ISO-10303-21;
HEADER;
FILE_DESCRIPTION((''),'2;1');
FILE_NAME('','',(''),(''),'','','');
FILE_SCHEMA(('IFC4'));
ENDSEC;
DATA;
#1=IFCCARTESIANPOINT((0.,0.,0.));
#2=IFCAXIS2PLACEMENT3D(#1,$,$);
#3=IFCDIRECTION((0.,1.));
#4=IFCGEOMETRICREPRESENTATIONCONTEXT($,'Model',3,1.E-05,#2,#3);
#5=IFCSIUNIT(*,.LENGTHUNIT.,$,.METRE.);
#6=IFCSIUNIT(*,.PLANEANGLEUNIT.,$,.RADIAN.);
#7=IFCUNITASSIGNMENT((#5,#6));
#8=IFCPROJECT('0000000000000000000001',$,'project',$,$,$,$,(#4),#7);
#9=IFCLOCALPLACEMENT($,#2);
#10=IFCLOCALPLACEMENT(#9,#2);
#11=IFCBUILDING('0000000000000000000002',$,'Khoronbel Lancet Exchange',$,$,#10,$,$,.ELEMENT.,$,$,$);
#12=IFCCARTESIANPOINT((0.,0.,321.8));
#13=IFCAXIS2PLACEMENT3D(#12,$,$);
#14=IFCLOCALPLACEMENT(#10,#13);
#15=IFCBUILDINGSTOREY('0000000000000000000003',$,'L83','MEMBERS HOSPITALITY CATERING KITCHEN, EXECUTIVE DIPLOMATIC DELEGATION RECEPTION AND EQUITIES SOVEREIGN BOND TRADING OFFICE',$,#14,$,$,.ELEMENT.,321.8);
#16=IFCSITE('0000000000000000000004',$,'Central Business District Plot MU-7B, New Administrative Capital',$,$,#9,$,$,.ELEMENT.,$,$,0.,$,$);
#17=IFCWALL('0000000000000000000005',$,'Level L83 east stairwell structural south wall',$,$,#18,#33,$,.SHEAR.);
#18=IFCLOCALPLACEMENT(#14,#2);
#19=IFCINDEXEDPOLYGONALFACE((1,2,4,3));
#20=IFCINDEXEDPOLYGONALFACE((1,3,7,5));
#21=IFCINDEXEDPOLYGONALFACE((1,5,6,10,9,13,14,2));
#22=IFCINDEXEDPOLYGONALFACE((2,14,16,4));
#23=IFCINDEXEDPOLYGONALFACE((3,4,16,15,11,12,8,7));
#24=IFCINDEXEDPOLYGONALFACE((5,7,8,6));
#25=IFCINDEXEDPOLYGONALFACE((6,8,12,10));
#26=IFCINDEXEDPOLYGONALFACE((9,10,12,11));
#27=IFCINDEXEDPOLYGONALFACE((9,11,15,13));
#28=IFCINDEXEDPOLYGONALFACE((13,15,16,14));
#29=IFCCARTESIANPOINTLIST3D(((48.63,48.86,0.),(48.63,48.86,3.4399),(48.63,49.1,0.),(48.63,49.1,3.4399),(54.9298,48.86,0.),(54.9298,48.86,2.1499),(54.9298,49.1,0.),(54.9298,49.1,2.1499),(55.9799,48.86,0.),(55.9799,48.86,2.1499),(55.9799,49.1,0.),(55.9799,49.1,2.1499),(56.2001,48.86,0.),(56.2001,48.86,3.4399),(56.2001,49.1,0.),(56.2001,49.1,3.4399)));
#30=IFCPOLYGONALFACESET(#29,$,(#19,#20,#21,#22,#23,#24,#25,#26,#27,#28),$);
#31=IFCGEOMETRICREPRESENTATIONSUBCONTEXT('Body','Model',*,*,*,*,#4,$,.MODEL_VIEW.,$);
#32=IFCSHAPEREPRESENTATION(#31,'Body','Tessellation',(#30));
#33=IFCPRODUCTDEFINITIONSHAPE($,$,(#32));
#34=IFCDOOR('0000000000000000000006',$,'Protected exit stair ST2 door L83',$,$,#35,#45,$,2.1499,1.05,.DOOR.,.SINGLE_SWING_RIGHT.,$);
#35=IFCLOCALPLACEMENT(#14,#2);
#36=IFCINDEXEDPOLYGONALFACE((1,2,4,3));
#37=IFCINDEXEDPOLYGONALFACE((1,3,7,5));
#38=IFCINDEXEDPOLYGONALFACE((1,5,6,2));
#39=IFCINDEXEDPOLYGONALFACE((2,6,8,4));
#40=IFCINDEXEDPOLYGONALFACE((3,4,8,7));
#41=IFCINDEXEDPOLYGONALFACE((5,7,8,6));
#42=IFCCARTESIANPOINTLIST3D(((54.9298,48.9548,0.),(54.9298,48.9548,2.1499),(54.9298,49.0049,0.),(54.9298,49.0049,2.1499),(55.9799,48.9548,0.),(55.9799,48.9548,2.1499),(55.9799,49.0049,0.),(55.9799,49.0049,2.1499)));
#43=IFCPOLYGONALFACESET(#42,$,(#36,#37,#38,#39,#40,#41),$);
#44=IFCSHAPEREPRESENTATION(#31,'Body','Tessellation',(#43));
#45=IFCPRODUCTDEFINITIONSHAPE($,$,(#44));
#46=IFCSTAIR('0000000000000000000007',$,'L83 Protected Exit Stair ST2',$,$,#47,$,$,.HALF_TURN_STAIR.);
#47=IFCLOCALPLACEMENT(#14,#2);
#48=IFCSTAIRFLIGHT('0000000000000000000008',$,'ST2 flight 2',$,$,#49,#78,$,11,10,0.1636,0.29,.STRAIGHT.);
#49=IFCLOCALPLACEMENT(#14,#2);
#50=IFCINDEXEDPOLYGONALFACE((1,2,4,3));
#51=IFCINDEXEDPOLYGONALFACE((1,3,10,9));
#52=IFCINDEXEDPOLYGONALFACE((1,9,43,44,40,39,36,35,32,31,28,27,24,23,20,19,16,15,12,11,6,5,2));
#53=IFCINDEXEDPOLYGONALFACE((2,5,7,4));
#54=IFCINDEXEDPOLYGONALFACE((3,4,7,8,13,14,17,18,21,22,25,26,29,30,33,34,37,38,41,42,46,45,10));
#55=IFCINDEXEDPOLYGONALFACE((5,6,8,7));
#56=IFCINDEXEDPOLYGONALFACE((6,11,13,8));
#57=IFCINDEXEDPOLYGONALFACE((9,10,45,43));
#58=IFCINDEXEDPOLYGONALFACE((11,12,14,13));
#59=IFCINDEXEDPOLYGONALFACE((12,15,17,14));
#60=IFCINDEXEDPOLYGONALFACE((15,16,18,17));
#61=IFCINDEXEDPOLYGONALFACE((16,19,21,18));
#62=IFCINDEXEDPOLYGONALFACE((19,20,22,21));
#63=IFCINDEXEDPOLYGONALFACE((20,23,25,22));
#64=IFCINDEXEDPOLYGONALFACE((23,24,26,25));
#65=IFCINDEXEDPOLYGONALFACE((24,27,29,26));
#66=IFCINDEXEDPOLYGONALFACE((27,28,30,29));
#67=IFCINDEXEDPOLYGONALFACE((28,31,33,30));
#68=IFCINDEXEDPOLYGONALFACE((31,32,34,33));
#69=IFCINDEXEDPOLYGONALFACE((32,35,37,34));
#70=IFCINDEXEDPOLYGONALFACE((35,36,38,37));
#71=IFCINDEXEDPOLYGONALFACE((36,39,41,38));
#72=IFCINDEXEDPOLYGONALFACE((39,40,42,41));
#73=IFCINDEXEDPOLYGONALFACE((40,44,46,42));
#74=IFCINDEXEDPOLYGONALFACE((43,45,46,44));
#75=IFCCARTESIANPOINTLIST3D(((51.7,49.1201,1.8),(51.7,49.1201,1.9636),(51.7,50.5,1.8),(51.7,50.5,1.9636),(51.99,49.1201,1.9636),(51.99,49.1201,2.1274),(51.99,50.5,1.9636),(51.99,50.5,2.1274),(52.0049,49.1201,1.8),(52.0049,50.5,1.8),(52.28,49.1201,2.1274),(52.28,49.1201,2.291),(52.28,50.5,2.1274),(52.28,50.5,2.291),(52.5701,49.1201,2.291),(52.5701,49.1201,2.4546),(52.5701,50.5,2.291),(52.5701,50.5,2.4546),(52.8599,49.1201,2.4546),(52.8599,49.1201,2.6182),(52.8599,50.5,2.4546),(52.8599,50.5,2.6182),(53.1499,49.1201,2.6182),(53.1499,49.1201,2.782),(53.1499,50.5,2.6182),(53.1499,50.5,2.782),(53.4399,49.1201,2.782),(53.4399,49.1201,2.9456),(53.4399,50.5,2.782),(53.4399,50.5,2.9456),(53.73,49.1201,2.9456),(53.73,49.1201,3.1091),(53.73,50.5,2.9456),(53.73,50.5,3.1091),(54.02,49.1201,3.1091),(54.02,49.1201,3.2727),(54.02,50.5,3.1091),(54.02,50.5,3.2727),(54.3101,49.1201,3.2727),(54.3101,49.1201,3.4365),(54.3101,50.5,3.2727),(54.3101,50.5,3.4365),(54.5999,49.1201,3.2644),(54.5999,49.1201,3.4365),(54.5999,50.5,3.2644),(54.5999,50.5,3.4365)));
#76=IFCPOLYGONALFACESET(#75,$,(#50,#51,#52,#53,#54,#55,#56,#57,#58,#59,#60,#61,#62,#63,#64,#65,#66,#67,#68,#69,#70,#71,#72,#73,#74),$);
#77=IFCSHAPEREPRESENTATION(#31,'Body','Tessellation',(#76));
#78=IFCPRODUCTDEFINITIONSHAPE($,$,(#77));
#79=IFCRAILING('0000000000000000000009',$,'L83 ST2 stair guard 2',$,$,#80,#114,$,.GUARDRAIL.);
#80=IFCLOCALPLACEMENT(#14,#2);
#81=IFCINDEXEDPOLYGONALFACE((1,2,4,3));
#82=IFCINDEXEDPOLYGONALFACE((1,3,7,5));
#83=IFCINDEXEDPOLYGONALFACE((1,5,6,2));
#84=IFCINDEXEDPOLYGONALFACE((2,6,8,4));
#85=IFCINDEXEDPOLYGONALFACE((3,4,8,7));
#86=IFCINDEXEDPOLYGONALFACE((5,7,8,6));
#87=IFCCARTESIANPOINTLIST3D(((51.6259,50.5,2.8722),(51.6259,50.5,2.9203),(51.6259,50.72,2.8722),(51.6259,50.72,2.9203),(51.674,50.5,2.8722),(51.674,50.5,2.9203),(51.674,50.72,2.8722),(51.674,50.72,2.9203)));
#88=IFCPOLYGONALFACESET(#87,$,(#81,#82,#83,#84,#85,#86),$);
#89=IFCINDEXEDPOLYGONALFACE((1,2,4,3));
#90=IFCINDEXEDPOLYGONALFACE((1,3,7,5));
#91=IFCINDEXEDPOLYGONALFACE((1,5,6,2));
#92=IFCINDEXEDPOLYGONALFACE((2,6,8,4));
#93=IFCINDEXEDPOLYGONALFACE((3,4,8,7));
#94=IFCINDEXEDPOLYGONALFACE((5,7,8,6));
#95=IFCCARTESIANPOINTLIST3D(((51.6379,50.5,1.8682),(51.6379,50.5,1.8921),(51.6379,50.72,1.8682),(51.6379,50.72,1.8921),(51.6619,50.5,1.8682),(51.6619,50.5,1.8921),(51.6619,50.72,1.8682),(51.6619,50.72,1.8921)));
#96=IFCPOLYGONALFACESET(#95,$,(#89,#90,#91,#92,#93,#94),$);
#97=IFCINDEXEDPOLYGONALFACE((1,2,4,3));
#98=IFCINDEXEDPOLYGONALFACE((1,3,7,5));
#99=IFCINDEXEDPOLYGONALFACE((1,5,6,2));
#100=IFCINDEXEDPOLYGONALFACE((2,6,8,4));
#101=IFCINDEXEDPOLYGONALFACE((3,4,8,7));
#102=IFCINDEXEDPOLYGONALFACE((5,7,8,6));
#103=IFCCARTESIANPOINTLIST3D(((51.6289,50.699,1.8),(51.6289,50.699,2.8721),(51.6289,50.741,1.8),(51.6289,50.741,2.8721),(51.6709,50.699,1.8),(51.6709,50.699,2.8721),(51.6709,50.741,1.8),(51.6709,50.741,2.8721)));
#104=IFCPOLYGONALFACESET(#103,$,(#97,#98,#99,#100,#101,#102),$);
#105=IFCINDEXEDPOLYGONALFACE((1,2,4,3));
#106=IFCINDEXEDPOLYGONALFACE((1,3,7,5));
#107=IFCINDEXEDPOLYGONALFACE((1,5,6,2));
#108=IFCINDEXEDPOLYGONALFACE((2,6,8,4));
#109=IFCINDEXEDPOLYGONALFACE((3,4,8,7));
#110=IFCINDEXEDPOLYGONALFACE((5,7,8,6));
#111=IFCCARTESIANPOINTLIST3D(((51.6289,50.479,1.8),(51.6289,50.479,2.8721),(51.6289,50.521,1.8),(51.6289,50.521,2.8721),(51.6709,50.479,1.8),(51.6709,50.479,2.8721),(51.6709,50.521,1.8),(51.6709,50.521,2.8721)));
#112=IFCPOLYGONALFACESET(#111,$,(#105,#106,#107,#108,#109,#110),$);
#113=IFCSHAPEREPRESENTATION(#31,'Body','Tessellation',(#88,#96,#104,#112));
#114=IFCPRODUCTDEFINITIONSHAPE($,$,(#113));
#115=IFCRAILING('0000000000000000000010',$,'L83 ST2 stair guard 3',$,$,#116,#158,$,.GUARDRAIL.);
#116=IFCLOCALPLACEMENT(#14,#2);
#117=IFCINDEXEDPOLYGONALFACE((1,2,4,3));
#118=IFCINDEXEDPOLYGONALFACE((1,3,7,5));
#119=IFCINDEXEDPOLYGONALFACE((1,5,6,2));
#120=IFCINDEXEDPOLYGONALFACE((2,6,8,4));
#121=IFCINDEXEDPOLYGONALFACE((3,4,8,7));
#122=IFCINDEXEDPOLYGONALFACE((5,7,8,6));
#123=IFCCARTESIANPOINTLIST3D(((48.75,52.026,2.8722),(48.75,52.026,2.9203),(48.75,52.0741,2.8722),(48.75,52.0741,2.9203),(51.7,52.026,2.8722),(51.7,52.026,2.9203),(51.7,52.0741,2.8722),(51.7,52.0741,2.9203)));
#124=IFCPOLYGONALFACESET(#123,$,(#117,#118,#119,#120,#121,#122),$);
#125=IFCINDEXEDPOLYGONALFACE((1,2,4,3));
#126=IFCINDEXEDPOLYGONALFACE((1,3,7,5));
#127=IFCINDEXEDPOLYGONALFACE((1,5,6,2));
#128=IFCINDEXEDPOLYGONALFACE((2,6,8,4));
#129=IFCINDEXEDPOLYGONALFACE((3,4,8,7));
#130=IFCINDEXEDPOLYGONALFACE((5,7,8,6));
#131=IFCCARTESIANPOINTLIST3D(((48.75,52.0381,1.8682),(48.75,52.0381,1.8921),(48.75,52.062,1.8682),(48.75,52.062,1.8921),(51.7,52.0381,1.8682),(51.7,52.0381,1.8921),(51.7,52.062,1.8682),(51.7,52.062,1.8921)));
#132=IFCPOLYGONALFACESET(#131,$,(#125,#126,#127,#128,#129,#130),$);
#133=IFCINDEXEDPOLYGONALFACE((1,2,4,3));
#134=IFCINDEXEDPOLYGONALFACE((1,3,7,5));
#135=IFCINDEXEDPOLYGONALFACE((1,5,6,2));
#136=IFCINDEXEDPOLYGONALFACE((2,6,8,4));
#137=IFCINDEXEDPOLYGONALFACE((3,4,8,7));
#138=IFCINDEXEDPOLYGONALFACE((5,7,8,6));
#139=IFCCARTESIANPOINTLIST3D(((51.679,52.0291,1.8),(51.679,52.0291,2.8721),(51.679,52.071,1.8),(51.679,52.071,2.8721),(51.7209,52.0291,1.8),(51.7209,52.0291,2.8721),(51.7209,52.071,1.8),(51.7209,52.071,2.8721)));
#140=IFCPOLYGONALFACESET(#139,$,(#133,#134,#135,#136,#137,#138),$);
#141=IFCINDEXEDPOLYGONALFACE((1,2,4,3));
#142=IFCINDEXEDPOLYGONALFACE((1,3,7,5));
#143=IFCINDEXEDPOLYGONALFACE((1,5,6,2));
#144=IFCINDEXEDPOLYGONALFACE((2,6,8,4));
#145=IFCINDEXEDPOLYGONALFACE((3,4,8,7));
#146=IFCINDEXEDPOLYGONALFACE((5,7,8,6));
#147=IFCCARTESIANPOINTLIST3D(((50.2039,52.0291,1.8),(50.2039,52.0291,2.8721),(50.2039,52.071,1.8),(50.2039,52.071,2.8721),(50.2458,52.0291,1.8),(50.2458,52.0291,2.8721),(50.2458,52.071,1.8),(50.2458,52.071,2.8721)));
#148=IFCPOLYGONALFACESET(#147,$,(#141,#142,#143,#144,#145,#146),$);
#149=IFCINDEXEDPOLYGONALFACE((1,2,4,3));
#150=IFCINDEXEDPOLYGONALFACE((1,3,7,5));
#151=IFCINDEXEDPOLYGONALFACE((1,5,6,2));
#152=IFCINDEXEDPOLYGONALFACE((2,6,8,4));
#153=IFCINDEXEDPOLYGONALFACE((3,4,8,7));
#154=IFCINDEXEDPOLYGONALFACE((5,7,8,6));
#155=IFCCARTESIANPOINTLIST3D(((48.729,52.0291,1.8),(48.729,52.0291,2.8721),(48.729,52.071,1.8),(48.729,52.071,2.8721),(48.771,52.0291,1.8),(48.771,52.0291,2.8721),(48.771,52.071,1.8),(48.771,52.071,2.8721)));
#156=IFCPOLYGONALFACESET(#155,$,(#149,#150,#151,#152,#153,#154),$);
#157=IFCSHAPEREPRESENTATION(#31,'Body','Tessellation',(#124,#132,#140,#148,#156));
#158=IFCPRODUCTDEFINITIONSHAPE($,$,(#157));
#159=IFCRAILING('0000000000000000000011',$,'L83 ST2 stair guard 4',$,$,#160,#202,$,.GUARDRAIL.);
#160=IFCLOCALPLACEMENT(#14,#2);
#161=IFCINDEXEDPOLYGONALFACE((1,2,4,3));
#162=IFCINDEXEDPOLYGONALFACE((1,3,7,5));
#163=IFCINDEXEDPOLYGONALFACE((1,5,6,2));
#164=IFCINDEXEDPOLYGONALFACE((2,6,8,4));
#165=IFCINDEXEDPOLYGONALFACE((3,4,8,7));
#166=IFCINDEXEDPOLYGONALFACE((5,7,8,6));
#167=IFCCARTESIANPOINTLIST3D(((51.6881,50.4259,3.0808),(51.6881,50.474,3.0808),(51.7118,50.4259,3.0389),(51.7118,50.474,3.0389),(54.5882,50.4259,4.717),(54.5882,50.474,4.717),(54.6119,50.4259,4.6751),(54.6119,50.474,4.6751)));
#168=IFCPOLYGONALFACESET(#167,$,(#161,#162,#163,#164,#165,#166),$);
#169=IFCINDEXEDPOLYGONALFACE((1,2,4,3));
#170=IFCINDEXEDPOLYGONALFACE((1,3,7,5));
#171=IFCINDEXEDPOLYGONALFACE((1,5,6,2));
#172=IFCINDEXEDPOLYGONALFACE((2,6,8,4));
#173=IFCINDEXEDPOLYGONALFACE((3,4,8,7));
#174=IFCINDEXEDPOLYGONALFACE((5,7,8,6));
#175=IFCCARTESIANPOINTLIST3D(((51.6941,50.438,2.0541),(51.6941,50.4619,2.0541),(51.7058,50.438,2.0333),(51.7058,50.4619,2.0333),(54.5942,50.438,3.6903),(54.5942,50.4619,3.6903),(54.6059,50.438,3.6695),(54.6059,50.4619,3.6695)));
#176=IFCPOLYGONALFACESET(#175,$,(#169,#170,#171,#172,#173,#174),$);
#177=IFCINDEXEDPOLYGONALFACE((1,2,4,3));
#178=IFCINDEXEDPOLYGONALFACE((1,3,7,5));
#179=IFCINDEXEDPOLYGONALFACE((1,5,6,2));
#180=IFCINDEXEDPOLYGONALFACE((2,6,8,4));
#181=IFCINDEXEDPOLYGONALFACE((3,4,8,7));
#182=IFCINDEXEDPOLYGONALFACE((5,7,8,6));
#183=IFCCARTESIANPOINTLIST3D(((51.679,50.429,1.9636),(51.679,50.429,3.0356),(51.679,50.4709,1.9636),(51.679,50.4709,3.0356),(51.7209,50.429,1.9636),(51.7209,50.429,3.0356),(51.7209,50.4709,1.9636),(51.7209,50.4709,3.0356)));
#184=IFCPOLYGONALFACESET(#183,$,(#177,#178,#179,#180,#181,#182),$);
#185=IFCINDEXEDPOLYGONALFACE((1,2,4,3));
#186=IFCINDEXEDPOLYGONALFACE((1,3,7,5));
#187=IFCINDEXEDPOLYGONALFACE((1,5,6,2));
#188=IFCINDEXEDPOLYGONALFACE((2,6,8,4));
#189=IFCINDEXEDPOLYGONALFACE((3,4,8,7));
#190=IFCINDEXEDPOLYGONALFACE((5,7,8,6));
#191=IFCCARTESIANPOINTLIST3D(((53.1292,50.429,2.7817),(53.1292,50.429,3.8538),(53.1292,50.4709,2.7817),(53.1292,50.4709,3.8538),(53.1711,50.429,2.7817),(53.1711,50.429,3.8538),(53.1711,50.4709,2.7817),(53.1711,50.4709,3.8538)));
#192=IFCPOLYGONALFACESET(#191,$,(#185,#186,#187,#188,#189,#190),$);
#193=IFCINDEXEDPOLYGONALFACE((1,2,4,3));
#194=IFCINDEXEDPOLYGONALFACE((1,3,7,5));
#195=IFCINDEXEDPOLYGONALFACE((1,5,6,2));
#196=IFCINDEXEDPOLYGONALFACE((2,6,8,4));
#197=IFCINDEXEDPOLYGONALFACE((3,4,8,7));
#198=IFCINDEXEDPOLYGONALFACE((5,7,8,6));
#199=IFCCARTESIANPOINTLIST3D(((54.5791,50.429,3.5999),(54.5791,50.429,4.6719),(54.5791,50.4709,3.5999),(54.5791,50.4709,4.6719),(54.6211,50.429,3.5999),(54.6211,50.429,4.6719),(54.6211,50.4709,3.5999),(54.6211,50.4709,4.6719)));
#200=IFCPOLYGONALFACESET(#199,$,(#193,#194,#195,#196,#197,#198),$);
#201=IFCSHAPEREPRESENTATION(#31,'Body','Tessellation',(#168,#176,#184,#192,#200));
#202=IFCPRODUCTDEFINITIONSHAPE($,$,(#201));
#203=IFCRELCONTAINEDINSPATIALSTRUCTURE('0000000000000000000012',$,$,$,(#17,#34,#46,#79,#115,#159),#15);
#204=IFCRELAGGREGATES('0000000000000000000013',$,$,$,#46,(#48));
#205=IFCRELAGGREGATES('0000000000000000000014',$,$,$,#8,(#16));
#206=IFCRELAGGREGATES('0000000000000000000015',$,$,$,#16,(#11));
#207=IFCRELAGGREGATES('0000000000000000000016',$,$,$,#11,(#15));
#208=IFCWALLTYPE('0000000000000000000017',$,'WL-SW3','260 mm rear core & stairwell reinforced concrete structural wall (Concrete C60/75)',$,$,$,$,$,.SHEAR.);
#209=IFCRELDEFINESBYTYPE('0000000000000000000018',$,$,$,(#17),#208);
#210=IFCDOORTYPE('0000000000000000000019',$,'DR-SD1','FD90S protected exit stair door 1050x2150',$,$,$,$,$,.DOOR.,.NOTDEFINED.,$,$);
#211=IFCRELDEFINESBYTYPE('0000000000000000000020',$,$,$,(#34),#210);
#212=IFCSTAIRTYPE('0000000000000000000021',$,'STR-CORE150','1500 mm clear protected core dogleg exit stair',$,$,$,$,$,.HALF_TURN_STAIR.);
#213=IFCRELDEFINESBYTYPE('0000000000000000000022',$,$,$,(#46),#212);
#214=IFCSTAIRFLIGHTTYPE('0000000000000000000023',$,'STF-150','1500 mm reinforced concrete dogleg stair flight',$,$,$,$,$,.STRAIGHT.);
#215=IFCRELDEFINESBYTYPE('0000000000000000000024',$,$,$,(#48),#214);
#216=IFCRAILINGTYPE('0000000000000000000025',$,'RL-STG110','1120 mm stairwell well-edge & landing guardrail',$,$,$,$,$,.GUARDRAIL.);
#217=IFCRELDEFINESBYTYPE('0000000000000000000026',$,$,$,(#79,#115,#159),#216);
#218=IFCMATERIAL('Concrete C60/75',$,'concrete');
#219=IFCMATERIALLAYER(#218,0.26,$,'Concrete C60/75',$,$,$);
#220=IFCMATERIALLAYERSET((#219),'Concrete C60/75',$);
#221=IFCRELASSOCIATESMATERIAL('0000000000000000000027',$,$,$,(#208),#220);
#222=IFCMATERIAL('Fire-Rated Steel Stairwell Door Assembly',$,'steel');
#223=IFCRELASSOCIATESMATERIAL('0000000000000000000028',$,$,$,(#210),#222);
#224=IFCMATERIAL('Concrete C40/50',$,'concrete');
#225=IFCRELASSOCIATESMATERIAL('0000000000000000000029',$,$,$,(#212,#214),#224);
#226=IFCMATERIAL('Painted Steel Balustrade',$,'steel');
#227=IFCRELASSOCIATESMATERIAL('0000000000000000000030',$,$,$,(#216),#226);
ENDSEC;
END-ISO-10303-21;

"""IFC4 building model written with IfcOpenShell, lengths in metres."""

from ifc_helpers import new_model, si_unit, direction, frame, frame_2d, origin, origin_2d, place, context, subcontext, project, spatial, polyline, rectangle, outline, extrude, material, layer, layer_set, type_object, element, fill, aggregate, save


model = new_model("IFC4")

# Units and contexts
model_context = context("Model", 3, precision=1e-05, world=origin(), true_north=direction((0.0, 1.0)))
body_context = subcontext(model_context, "Body", "Model", "MODEL_VIEW")
ifc_project = project(units=[si_unit("LENGTHUNIT", "METRE"), si_unit("PLANEANGLEUNIT", "RADIAN")], contexts=[model_context])

# Site, building, storey
site_placement = place(None, origin())
site = spatial("IfcSite", under=ifc_project, at=site_placement, Name="Central Business District Plot MU-7B, New Administrative Capital", CompositionType="ELEMENT", RefElevation=0.0)
building_placement = place(site_placement, origin())
building = spatial("IfcBuilding", under=site, at=building_placement, Name="Khoronbel Lancet Exchange", CompositionType="ELEMENT")
storey_placement = place(building_placement, frame((0.0, 0.0, 321.8)))
storey = spatial("IfcBuildingStorey", under=building, at=storey_placement, Name="L83", Description="MEMBERS HOSPITALITY CATERING KITCHEN, EXECUTIVE DIPLOMATIC DELEGATION RECEPTION AND EQUITIES SOVEREIGN BOND TRADING OFFICE", CompositionType="ELEMENT", Elevation=321.8)

# Shared definitions
ifc_material_1 = material(Name="Concrete C60/75", Category="concrete")

# Wall, opening, door
ifc_layer_1 = layer(ifc_material_1, 0.26, Name="Concrete C60/75")
ifc_layer_set_1 = layer_set([ifc_layer_1], Name="Concrete C60/75")
wall_type_1 = type_object("IfcWallType", Name="WL-SW3", Description="260 mm rear core & stairwell reinforced concrete structural wall (Concrete C60/75)", PredefinedType="SHEAR", material=ifc_layer_set_1)
wall_1_placement = place(storey_placement, frame((48.6299, 48.98, 0.0), z_axis=(0.0, 0.0, 1.0), x_axis=(1.0, 0.0, 0.0)))
wall_1 = element("IfcWall", 1, at=wall_1_placement, inside=storey, type_object=wall_type_1, Name="Level L83 east stairwell structural south wall", PredefinedType="SHEAR", context=body_context, shape_type="SweptSolid", body=[
    extrude(rectangle(XDim=7.5701, YDim=0.24, at=frame_2d((3.7852, 0.0))), origin(), (0.0, 0.0, 1.0), 3.4399),
])
opening_1_placement = place(wall_1_placement, frame((6.3, 0.0, 0.0)))
opening_1 = element("IfcOpeningElement", 2, at=opening_1_placement, cuts=wall_1, PredefinedType="OPENING", context=body_context, shape_type="SweptSolid", body=[
    extrude(rectangle(XDim=1.05, YDim=2.1499, at=frame_2d((0.5249, 1.075))), frame((0.0, 0.1299, 0.0), z_axis=(0.0, -1.0, 0.0), x_axis=(1.0, 0.0, 0.0)), (0.0, 0.0, 1.0), 0.26),
])
ifc_material_2 = material(Name="Fire-Rated Steel Stairwell Door Assembly", Category="steel")
door_type_1 = type_object("IfcDoorType", Name="DR-SD1", Description="FD90S protected exit stair door 1050x2150", OperationType="NOTDEFINED", PredefinedType="DOOR", material=ifc_material_2)
door_1_placement = place(opening_1_placement, origin())
door_1 = element("IfcDoor", 3, at=door_1_placement, inside=storey, type_object=door_type_1, Name="Protected exit stair ST2 door L83", OperationType="SINGLE_SWING_RIGHT", OverallHeight=2.1499, OverallWidth=1.05, PredefinedType="DOOR", context=body_context, shape_type="SweptSolid", body=[
    extrude(rectangle(XDim=1.05, YDim=2.1499, at=frame_2d((0.5249, 1.075))), frame((0.0, 0.0249, 0.0), z_axis=(0.0, -1.0, 0.0), x_axis=(1.0, 0.0, 0.0)), (0.0, 0.0, 1.0), 0.05),
])
fill(opening_1, door_1)

# Stair, stair flight
ifc_material_3 = material(Name="Concrete C40/50", Category="concrete")
stair_type = type_object("IfcStairType", Name="STR-CORE150", Description="1500 mm clear protected core dogleg exit stair", PredefinedType="HALF_TURN_STAIR", material=ifc_material_3)
stair_placement = place(storey_placement, origin())
stair = element("IfcStair", 4, at=stair_placement, inside=storey, type_object=stair_type, Name="L83 Protected Exit Stair ST2", PredefinedType="HALF_TURN_STAIR")
stair_flight_type = type_object("IfcStairFlightType", Name="STF-150", Description="1500 mm reinforced concrete dogleg stair flight", PredefinedType="STRAIGHT", material=ifc_material_3)
stair_flight_placement = place(storey_placement, frame((51.7, 49.8101, 1.8), z_axis=(0.0, 0.0, 1.0), x_axis=(1.0, 0.0, 0.0)))
stair_flight = element("IfcStairFlight", 5, at=stair_flight_placement, type_object=stair_flight_type, Name="ST2 flight 2", NumberOfRisers=11, NumberOfTreads=10, PredefinedType="STRAIGHT", RiserHeight=0.1636, TreadLength=0.29, context=body_context, shape_type="SweptSolid", body=[
    extrude(outline(polyline([(0.0, 0.0), (0.0, 0.1636), (0.29, 0.1636), (0.29, 0.3274), (0.5801, 0.3274), (0.5801, 0.491), (0.8701, 0.491), (0.8701, 0.6545), (1.1599, 0.6545), (1.1599, 0.8181), (1.45, 0.8181), (1.45, 0.9819), (1.74, 0.9819), (1.74, 1.1455), (2.03, 1.1455), (2.03, 1.3091), (2.3201, 1.3091), (2.3201, 1.4727), (2.6101, 1.4727), (2.6101, 1.6365), (2.8999, 1.6365), (2.8999, 1.8), (2.8999, 1.4644), (0.3049, 0.0), (0.0, 0.0)])), frame((0.0, 0.6899, 0.0), z_axis=(0.0, -1.0, 0.0), x_axis=(1.0, 0.0, 0.0)), (0.0, 0.0, 1.0), 1.3799),
])
aggregate(stair, [stair_flight])

# Railings
ifc_material_4 = material(Name="Painted Steel Balustrade", Category="steel")
railing_type_1 = type_object("IfcRailingType", Name="RL-STG110", Description="1120 mm stairwell well-edge & landing guardrail", PredefinedType="GUARDRAIL", material=ifc_material_4)
railing_1_placement = place(storey_placement, frame((51.6499, 50.72, 1.8)))
element("IfcRailing", 6, at=railing_1_placement, inside=storey, type_object=railing_type_1, Name="L83 ST2 stair guard 2", PredefinedType="GUARDRAIL", context=body_context, shape_type="SweptSolid", body=[
    extrude(rectangle(XDim=0.0481, YDim=0.0481, at=origin_2d()), frame((0.0, 0.0, 1.0962), z_axis=(0.0, -1.0, 0.0), x_axis=(1.0, 0.0, 0.0)), (0.0, 0.0, 1.0), 0.22),
    extrude(rectangle(XDim=0.0239, YDim=0.0239, at=origin_2d()), frame((0.0, 0.0, 0.0801), z_axis=(0.0, -1.0, 0.0), x_axis=(1.0, 0.0, 0.0)), (0.0, 0.0, 1.0), 0.22),
    extrude(rectangle(XDim=0.042, YDim=0.042, at=origin_2d()), origin(), (0.0, 0.0, 1.0), 1.072),
    extrude(rectangle(XDim=0.042, YDim=0.042, at=origin_2d()), frame((0.0, -0.22, 0.0)), (0.0, 0.0, 1.0), 1.072),
])
railing_2_placement = place(storey_placement, frame((51.7, 52.05, 1.8)))
element("IfcRailing", 7, at=railing_2_placement, inside=storey, type_object=railing_type_1, Name="L83 ST2 stair guard 3", PredefinedType="GUARDRAIL", context=body_context, shape_type="SweptSolid", body=[
    extrude(rectangle(XDim=0.0481, YDim=0.0481, at=origin_2d()), frame((0.0, 0.0, 1.0962), z_axis=(-1.0, 0.0, 0.0), x_axis=(0.0, -1.0, 0.0)), (0.0, 0.0, 1.0), 2.95),
    extrude(rectangle(XDim=0.0239, YDim=0.0239, at=origin_2d()), frame((0.0, 0.0, 0.0801), z_axis=(-1.0, 0.0, 0.0), x_axis=(0.0, -1.0, 0.0)), (0.0, 0.0, 1.0), 2.95),
    extrude(rectangle(XDim=0.042, YDim=0.042, at=origin_2d()), origin(), (0.0, 0.0, 1.0), 1.072),
    extrude(rectangle(XDim=0.042, YDim=0.042, at=origin_2d()), frame((-1.4751, 0.0, 0.0)), (0.0, 0.0, 1.0), 1.072),
    extrude(rectangle(XDim=0.042, YDim=0.042, at=origin_2d()), frame((-2.95, 0.0, 0.0)), (0.0, 0.0, 1.0), 1.072),
])
railing_3_placement = place(storey_placement, frame((51.7, 50.45, 1.9636)))
element("IfcRailing", 8, at=railing_3_placement, inside=storey, type_object=railing_type_1, Name="L83 ST2 stair guard 4", PredefinedType="GUARDRAIL", context=body_context, shape_type="SweptSolid", body=[
    extrude(rectangle(XDim=0.0481, YDim=0.0481, at=origin_2d()), frame((0.0, 0.0, 1.0962), z_axis=(0.870946, 0.0, 0.491378), x_axis=(0.0, 1.0, 0.0)), (0.0, 0.0, 1.0), 3.3298),
    extrude(rectangle(XDim=0.0239, YDim=0.0239, at=origin_2d()), frame((0.0, 0.0, 0.0801), z_axis=(0.870946, 0.0, 0.491378), x_axis=(0.0, 1.0, 0.0)), (0.0, 0.0, 1.0), 3.3298),
    extrude(rectangle(XDim=0.042, YDim=0.042, at=origin_2d()), origin(), (0.0, 0.0, 1.0), 1.072),
    extrude(rectangle(XDim=0.042, YDim=0.042, at=origin_2d()), frame((1.4502, 0.0, 0.8181)), (0.0, 0.0, 1.0), 1.072),
    extrude(rectangle(XDim=0.042, YDim=0.042, at=origin_2d()), frame((2.9001, 0.0, 1.6362)), (0.0, 0.0, 1.0), 1.072),
])

save(model, "model.ifc")
